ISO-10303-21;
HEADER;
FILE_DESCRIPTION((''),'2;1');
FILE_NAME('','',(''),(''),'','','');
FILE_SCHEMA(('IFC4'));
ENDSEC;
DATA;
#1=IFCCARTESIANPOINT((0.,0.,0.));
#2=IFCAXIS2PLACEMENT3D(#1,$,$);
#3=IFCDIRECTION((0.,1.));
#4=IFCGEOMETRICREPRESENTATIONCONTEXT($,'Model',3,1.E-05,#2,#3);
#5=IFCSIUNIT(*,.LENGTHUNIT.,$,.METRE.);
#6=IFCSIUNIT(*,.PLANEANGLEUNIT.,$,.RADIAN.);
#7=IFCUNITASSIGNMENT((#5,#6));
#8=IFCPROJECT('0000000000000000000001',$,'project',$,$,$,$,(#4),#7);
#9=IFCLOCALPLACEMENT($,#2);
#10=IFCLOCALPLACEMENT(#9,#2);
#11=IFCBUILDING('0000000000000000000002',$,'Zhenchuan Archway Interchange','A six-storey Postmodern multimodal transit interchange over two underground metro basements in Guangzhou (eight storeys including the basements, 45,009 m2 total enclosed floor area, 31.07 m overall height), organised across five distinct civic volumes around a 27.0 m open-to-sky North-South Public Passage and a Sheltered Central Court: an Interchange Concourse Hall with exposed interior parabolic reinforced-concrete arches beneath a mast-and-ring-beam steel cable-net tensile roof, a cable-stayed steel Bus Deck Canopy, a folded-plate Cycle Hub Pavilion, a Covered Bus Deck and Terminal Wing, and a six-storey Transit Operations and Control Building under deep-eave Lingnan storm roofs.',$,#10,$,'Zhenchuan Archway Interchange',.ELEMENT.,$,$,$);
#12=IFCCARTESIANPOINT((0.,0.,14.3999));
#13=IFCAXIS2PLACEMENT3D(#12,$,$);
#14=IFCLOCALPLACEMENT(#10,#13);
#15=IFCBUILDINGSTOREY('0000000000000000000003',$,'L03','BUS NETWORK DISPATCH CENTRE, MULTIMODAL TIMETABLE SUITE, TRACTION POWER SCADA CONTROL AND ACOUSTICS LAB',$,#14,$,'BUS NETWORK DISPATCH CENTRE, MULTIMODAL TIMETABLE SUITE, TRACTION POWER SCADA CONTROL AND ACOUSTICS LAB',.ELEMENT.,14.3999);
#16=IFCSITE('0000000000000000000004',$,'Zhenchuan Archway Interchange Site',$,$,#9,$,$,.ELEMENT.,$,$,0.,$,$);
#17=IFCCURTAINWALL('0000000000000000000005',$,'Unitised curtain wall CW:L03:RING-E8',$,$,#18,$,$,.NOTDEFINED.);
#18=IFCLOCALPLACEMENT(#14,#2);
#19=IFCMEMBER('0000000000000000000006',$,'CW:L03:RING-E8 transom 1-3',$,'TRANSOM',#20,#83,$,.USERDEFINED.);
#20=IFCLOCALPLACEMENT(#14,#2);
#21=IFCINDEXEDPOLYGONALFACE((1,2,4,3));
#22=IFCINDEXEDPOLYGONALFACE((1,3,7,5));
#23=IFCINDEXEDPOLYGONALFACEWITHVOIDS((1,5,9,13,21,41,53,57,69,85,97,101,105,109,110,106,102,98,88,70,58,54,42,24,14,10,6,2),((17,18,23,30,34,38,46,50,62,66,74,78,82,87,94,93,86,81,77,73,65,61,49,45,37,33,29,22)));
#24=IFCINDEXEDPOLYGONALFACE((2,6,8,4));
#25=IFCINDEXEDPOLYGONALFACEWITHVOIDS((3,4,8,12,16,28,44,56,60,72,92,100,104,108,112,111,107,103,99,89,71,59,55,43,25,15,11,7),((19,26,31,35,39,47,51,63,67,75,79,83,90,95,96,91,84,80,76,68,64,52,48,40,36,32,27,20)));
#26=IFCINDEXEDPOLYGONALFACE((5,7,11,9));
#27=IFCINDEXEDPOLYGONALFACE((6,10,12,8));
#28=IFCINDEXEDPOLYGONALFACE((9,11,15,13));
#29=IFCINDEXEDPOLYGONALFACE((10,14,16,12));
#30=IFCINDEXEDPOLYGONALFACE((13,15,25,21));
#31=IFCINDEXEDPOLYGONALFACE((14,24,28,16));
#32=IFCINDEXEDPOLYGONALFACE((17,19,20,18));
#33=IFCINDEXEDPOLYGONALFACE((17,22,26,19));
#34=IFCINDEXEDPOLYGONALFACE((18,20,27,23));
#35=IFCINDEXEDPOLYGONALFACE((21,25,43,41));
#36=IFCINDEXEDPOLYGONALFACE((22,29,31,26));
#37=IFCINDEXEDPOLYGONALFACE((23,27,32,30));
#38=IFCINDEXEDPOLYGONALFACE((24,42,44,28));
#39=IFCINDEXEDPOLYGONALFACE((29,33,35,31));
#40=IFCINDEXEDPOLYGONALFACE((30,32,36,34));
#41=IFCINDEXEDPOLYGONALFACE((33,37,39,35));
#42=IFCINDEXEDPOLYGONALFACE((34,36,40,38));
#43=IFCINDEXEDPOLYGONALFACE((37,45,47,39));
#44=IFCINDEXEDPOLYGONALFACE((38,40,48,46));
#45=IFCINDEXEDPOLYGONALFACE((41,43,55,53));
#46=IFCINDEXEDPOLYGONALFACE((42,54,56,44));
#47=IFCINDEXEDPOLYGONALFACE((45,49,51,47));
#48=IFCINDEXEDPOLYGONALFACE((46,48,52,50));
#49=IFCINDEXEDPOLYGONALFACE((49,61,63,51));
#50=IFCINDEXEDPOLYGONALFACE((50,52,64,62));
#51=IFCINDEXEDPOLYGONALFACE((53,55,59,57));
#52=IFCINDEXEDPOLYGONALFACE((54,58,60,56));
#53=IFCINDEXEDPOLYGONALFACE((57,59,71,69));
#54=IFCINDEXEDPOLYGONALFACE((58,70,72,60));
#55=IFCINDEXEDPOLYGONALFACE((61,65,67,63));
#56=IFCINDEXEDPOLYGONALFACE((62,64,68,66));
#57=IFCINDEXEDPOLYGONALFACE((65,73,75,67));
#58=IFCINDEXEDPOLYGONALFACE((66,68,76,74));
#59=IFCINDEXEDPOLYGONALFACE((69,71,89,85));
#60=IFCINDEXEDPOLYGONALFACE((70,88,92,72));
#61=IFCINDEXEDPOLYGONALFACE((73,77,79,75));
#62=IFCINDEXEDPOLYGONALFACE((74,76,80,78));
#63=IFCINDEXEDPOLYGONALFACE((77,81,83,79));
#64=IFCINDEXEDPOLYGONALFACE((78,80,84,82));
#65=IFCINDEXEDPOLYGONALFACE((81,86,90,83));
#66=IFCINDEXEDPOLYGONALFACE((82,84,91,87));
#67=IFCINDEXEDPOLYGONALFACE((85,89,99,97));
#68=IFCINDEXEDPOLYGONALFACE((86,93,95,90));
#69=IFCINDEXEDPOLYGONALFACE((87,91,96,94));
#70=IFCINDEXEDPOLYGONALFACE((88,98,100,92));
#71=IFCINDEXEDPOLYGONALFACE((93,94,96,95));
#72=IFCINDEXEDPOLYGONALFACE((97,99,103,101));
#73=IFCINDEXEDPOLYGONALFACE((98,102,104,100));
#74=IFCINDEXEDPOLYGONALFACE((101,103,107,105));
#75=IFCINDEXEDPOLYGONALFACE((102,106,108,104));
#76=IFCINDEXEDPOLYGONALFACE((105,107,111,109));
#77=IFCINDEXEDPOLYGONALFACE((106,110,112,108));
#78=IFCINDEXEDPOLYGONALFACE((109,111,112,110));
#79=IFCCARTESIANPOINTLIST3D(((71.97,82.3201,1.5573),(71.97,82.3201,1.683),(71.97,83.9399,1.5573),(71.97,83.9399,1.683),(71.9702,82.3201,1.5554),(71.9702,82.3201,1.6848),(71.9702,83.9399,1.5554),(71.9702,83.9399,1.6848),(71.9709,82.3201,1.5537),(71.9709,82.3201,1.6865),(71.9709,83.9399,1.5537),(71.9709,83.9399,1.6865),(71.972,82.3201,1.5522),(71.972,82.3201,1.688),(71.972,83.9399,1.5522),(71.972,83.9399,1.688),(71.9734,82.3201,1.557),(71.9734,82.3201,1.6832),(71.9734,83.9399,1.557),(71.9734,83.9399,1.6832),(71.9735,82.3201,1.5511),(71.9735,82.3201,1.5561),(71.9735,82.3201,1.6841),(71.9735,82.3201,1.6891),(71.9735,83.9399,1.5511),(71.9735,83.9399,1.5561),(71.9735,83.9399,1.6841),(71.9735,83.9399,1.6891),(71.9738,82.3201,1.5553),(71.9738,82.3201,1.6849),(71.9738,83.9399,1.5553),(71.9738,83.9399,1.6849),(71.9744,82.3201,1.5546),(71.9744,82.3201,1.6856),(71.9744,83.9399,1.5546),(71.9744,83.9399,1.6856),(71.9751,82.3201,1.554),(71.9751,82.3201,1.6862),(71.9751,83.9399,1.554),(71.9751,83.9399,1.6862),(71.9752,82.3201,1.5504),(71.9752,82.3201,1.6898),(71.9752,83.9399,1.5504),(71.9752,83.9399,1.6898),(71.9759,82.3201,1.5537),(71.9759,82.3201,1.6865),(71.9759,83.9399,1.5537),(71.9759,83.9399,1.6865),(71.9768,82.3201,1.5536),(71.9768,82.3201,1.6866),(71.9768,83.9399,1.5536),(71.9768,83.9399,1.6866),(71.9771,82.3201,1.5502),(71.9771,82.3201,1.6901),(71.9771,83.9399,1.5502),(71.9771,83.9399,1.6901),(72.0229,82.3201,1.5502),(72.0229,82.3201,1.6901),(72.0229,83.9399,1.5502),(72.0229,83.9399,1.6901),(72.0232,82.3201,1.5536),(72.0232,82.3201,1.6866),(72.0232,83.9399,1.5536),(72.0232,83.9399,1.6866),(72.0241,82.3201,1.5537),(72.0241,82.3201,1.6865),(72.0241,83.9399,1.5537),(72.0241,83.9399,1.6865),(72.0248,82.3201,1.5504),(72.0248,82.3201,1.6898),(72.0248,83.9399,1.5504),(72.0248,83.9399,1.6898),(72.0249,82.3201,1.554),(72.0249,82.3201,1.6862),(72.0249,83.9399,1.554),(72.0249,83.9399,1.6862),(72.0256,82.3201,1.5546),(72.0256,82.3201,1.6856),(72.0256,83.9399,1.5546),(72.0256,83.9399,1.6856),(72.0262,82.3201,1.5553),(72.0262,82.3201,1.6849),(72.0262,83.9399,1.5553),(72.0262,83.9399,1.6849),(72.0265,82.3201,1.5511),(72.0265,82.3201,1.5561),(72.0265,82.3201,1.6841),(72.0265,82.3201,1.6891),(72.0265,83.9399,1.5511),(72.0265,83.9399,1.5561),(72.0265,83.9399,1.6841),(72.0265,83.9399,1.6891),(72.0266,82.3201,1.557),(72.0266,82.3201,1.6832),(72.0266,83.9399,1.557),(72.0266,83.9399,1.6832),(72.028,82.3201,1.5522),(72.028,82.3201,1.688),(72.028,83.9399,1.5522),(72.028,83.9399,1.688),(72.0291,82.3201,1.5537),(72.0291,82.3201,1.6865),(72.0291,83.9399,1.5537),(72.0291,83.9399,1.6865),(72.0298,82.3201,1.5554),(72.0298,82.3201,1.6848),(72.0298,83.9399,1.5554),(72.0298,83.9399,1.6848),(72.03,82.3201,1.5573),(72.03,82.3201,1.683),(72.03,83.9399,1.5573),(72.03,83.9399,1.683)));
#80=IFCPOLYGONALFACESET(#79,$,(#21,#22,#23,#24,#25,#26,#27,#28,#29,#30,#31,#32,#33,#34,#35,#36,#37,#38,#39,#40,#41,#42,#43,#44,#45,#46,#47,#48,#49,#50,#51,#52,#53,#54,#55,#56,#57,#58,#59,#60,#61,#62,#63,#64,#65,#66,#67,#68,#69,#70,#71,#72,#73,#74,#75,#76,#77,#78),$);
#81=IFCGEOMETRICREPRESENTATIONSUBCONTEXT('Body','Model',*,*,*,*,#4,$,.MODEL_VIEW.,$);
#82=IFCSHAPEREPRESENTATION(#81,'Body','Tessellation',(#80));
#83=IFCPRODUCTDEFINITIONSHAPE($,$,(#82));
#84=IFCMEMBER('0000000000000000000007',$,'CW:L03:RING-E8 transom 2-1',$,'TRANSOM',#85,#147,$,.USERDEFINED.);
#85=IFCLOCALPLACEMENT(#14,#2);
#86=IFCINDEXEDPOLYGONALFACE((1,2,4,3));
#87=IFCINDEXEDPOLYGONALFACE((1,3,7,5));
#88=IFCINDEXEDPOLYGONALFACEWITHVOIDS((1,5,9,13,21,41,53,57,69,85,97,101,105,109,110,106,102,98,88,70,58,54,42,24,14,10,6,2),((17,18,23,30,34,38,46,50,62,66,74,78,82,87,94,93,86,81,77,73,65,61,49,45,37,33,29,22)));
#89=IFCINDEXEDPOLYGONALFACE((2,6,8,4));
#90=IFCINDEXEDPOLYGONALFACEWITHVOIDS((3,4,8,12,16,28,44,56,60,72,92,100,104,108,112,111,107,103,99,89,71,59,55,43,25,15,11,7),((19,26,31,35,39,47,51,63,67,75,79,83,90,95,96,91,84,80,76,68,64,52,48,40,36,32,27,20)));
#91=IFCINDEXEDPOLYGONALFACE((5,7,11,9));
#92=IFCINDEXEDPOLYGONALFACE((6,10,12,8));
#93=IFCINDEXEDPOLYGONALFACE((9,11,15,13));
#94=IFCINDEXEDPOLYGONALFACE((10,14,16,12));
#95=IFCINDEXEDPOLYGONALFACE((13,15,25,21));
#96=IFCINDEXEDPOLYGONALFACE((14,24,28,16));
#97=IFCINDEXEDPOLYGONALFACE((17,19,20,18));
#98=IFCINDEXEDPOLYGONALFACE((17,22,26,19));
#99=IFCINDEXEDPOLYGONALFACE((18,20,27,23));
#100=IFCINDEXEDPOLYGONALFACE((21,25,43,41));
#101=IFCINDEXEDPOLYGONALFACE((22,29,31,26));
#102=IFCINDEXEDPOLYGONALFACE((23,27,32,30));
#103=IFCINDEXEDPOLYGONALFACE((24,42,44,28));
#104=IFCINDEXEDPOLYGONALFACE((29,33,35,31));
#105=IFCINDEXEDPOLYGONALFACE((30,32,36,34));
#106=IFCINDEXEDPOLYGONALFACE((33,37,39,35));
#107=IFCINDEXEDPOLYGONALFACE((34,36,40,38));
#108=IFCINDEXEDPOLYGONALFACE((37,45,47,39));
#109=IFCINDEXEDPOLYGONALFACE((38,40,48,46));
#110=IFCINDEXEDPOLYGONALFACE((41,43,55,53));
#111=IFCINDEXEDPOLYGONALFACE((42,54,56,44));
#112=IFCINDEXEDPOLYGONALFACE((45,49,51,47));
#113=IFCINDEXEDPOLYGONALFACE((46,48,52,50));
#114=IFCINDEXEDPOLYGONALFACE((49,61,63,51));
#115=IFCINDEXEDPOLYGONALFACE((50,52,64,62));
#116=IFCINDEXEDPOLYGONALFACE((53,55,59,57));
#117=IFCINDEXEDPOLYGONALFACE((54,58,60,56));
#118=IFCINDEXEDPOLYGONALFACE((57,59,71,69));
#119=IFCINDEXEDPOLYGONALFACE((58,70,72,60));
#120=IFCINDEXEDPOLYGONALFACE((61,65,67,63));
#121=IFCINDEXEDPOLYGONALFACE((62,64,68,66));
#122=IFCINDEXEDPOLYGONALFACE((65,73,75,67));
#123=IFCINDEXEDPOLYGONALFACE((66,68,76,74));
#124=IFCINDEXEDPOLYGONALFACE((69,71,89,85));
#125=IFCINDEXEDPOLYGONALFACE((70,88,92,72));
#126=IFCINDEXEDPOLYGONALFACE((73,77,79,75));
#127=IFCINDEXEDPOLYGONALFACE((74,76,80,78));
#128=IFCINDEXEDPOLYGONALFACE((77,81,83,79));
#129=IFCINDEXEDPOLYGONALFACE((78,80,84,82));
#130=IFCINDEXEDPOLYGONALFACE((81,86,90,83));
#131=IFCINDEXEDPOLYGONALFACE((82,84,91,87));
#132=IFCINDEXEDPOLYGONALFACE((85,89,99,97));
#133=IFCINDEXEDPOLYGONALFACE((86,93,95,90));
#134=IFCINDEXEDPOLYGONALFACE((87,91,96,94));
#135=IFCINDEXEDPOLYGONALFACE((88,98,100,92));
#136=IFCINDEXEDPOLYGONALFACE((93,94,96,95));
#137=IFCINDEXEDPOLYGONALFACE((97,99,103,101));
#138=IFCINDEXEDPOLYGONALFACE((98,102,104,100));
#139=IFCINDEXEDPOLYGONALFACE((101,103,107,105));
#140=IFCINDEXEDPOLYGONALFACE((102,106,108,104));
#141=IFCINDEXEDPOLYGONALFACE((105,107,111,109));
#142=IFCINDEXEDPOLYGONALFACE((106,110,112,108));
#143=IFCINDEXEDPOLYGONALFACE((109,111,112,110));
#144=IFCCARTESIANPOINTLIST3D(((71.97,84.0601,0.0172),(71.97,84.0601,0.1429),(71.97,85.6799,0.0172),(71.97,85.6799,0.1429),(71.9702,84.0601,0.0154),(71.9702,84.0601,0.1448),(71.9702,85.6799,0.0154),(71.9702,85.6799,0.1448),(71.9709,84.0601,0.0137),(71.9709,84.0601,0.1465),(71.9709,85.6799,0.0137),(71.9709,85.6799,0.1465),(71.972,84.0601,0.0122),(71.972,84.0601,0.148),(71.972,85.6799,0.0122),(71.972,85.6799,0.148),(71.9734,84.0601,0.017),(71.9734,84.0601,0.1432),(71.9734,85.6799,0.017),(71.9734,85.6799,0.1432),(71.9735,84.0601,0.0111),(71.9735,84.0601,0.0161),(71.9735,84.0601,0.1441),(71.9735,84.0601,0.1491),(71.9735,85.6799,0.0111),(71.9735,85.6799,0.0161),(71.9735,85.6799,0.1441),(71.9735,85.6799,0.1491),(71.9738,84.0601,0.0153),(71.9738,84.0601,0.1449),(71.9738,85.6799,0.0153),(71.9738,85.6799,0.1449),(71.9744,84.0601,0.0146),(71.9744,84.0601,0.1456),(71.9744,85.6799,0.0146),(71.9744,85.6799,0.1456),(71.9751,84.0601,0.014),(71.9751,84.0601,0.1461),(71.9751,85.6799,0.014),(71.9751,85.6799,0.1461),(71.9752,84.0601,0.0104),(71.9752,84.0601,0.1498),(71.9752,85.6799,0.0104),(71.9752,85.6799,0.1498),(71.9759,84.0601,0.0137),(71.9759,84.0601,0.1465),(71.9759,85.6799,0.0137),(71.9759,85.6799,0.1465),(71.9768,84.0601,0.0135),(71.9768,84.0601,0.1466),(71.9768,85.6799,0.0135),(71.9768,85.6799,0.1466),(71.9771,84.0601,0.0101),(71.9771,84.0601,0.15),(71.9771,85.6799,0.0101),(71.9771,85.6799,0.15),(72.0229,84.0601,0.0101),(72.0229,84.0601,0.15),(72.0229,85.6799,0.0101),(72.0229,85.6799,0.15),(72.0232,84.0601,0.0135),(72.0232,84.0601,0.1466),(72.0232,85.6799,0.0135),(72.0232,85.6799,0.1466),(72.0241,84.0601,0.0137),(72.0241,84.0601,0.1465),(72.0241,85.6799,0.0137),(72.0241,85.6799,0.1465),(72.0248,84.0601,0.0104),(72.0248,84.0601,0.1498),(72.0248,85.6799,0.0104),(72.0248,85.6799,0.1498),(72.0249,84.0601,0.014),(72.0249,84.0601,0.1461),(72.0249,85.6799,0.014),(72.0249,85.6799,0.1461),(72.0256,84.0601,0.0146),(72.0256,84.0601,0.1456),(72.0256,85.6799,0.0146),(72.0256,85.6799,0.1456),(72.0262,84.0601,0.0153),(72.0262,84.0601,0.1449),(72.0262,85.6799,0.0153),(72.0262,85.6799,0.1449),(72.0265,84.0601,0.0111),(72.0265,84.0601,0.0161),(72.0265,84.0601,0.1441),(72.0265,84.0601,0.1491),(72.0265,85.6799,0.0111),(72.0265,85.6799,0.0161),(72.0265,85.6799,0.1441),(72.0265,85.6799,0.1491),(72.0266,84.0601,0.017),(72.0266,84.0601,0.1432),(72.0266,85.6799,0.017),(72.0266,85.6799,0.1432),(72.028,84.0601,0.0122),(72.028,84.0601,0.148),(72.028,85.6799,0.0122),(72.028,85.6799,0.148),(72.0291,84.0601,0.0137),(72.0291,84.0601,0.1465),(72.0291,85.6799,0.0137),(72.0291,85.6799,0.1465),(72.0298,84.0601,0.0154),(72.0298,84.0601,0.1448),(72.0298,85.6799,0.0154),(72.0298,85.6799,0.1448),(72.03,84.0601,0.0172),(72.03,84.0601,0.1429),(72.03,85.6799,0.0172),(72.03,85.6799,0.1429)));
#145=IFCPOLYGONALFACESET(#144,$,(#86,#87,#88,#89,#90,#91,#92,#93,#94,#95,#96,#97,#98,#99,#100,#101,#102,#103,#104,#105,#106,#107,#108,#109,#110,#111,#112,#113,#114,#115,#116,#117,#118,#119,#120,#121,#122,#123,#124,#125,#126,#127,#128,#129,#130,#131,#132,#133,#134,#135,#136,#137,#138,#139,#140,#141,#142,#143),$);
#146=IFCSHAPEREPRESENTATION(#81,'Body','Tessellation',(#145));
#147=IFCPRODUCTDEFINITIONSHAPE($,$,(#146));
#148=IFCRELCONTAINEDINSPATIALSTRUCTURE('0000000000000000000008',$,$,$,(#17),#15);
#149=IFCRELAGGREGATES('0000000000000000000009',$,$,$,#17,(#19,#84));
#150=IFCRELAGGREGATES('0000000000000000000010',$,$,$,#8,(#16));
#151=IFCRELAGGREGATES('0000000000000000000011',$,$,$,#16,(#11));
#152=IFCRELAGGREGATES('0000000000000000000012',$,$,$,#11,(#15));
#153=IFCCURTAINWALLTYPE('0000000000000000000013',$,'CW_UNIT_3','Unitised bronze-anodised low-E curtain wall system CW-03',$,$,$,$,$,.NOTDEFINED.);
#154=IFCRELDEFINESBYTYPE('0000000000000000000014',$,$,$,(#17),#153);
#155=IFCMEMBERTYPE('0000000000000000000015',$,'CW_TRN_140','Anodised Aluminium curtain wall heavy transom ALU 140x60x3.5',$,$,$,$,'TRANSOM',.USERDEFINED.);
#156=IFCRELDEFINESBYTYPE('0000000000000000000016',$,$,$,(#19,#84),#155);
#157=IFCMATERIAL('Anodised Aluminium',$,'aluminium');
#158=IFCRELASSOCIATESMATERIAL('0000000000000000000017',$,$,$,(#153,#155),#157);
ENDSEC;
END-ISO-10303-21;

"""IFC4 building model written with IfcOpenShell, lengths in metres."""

from ifc_helpers import new_model, si_unit, direction, frame, origin, origin_2d, place, context, subcontext, project, spatial, hollow_rectangle, extrude, material, material_profile, profile_set, type_object, element, aggregate, save


model = new_model("IFC4")

# Units and contexts
model_context = context("Model", 3, precision=1e-05, world=origin(), true_north=direction((0.0, 1.0)))
body_context = subcontext(model_context, "Body", "Model", "MODEL_VIEW")
ifc_project = project(units=[si_unit("LENGTHUNIT", "METRE"), si_unit("PLANEANGLEUNIT", "RADIAN")], contexts=[model_context])

# Site, building, storey
site_placement = place(None, origin())
site = spatial("IfcSite", under=ifc_project, at=site_placement, Name="Zhenchuan Archway Interchange Site", CompositionType="ELEMENT", RefElevation=0.0)
building_placement = place(site_placement, origin())
building = spatial("IfcBuilding", under=site, at=building_placement, Name="Zhenchuan Archway Interchange", Description="A six-storey Postmodern multimodal transit interchange over two underground metro basements in Guangzhou (eight storeys including the basements, 45,009 m2 total enclosed floor area, 31.07 m overall height), organised across five distinct civic volumes around a 27.0 m open-to-sky North-South Public Passage and a Sheltered Central Court: an Interchange Concourse Hall with exposed interior parabolic reinforced-concrete arches beneath a mast-and-ring-beam steel cable-net tensile roof, a cable-stayed steel Bus Deck Canopy, a folded-plate Cycle Hub Pavilion, a Covered Bus Deck and Terminal Wing, and a six-storey Transit Operations and Control Building under deep-eave Lingnan storm roofs.", LongName="Zhenchuan Archway Interchange", CompositionType="ELEMENT")
storey_placement = place(building_placement, frame((0.0, 0.0, 14.3999)))
storey = spatial("IfcBuildingStorey", under=building, at=storey_placement, Name="L03", Description="BUS NETWORK DISPATCH CENTRE, MULTIMODAL TIMETABLE SUITE, TRACTION POWER SCADA CONTROL AND ACOUSTICS LAB", LongName="BUS NETWORK DISPATCH CENTRE, MULTIMODAL TIMETABLE SUITE, TRACTION POWER SCADA CONTROL AND ACOUSTICS LAB", CompositionType="ELEMENT", Elevation=14.3999)

# Shared definitions
ifc_material_1 = material(Name="Anodised Aluminium", Category="aluminium")
curtain_wall_type = type_object("IfcCurtainWallType", Name="CW_UNIT_3", Description="Unitised bronze-anodised low-E curtain wall system CW-03", PredefinedType="NOTDEFINED", material=ifc_material_1)

# Curtain wall
curtain_wall_1_placement = place(storey_placement, origin())
curtain_wall_1 = element("IfcCurtainWall", 1, at=curtain_wall_1_placement, inside=storey, type_object=curtain_wall_type, Name="Unitised curtain wall CW:L03:RING-E8", PredefinedType="NOTDEFINED")

# Members
ifc_material_profile_1 = material_profile(ifc_material_1, hollow_rectangle(XDim=0.0601, YDim=0.1399, WallThickness=0.0034, InnerFilletRadius=0.0034, OuterFilletRadius=0.0071, at=origin_2d()), Name="ALU 140x60x3.5")
ifc_profile_set_1 = profile_set([ifc_material_profile_1], Name="Anodised Aluminium")
member_type_1 = type_object("IfcMemberType", Name="CW_TRN_140", Description="Anodised Aluminium curtain wall heavy transom ALU 140x60x3.5", ElementType="TRANSOM", PredefinedType="USERDEFINED", material=ifc_profile_set_1)
member_1_placement = place(storey_placement, frame((72.0, 82.3201, 1.6201), z_axis=(0.0, 1.0, 0.0), x_axis=(-1.0, 0.0, 0.0)))
member_1 = element("IfcMember", 2, at=member_1_placement, type_object=member_type_1, Name="CW:L03:RING-E8 transom 1-3", ObjectType="TRANSOM", PredefinedType="USERDEFINED", context=body_context, shape_type="SweptSolid", body=[
    extrude(hollow_rectangle(XDim=0.0601, YDim=0.1399, WallThickness=0.0034, InnerFilletRadius=0.0034, OuterFilletRadius=0.0071, at=origin_2d()), origin(), (0.0, 0.0, 1.0), 1.6199),
])
member_2_placement = place(storey_placement, frame((72.0, 84.0601, 0.0801), z_axis=(0.0, 1.0, 0.0), x_axis=(-1.0, 0.0, 0.0)))
member_2 = element("IfcMember", 3, at=member_2_placement, type_object=member_type_1, Name="CW:L03:RING-E8 transom 2-1", ObjectType="TRANSOM", PredefinedType="USERDEFINED", context=body_context, shape_type="SweptSolid", body=[
    extrude(hollow_rectangle(XDim=0.0601, YDim=0.1399, WallThickness=0.0034, InnerFilletRadius=0.0034, OuterFilletRadius=0.0071, at=origin_2d()), origin(), (0.0, 0.0, 1.0), 1.6199),
])

aggregate(curtain_wall_1, [member_1, member_2])

save(model, "model.ifc")
